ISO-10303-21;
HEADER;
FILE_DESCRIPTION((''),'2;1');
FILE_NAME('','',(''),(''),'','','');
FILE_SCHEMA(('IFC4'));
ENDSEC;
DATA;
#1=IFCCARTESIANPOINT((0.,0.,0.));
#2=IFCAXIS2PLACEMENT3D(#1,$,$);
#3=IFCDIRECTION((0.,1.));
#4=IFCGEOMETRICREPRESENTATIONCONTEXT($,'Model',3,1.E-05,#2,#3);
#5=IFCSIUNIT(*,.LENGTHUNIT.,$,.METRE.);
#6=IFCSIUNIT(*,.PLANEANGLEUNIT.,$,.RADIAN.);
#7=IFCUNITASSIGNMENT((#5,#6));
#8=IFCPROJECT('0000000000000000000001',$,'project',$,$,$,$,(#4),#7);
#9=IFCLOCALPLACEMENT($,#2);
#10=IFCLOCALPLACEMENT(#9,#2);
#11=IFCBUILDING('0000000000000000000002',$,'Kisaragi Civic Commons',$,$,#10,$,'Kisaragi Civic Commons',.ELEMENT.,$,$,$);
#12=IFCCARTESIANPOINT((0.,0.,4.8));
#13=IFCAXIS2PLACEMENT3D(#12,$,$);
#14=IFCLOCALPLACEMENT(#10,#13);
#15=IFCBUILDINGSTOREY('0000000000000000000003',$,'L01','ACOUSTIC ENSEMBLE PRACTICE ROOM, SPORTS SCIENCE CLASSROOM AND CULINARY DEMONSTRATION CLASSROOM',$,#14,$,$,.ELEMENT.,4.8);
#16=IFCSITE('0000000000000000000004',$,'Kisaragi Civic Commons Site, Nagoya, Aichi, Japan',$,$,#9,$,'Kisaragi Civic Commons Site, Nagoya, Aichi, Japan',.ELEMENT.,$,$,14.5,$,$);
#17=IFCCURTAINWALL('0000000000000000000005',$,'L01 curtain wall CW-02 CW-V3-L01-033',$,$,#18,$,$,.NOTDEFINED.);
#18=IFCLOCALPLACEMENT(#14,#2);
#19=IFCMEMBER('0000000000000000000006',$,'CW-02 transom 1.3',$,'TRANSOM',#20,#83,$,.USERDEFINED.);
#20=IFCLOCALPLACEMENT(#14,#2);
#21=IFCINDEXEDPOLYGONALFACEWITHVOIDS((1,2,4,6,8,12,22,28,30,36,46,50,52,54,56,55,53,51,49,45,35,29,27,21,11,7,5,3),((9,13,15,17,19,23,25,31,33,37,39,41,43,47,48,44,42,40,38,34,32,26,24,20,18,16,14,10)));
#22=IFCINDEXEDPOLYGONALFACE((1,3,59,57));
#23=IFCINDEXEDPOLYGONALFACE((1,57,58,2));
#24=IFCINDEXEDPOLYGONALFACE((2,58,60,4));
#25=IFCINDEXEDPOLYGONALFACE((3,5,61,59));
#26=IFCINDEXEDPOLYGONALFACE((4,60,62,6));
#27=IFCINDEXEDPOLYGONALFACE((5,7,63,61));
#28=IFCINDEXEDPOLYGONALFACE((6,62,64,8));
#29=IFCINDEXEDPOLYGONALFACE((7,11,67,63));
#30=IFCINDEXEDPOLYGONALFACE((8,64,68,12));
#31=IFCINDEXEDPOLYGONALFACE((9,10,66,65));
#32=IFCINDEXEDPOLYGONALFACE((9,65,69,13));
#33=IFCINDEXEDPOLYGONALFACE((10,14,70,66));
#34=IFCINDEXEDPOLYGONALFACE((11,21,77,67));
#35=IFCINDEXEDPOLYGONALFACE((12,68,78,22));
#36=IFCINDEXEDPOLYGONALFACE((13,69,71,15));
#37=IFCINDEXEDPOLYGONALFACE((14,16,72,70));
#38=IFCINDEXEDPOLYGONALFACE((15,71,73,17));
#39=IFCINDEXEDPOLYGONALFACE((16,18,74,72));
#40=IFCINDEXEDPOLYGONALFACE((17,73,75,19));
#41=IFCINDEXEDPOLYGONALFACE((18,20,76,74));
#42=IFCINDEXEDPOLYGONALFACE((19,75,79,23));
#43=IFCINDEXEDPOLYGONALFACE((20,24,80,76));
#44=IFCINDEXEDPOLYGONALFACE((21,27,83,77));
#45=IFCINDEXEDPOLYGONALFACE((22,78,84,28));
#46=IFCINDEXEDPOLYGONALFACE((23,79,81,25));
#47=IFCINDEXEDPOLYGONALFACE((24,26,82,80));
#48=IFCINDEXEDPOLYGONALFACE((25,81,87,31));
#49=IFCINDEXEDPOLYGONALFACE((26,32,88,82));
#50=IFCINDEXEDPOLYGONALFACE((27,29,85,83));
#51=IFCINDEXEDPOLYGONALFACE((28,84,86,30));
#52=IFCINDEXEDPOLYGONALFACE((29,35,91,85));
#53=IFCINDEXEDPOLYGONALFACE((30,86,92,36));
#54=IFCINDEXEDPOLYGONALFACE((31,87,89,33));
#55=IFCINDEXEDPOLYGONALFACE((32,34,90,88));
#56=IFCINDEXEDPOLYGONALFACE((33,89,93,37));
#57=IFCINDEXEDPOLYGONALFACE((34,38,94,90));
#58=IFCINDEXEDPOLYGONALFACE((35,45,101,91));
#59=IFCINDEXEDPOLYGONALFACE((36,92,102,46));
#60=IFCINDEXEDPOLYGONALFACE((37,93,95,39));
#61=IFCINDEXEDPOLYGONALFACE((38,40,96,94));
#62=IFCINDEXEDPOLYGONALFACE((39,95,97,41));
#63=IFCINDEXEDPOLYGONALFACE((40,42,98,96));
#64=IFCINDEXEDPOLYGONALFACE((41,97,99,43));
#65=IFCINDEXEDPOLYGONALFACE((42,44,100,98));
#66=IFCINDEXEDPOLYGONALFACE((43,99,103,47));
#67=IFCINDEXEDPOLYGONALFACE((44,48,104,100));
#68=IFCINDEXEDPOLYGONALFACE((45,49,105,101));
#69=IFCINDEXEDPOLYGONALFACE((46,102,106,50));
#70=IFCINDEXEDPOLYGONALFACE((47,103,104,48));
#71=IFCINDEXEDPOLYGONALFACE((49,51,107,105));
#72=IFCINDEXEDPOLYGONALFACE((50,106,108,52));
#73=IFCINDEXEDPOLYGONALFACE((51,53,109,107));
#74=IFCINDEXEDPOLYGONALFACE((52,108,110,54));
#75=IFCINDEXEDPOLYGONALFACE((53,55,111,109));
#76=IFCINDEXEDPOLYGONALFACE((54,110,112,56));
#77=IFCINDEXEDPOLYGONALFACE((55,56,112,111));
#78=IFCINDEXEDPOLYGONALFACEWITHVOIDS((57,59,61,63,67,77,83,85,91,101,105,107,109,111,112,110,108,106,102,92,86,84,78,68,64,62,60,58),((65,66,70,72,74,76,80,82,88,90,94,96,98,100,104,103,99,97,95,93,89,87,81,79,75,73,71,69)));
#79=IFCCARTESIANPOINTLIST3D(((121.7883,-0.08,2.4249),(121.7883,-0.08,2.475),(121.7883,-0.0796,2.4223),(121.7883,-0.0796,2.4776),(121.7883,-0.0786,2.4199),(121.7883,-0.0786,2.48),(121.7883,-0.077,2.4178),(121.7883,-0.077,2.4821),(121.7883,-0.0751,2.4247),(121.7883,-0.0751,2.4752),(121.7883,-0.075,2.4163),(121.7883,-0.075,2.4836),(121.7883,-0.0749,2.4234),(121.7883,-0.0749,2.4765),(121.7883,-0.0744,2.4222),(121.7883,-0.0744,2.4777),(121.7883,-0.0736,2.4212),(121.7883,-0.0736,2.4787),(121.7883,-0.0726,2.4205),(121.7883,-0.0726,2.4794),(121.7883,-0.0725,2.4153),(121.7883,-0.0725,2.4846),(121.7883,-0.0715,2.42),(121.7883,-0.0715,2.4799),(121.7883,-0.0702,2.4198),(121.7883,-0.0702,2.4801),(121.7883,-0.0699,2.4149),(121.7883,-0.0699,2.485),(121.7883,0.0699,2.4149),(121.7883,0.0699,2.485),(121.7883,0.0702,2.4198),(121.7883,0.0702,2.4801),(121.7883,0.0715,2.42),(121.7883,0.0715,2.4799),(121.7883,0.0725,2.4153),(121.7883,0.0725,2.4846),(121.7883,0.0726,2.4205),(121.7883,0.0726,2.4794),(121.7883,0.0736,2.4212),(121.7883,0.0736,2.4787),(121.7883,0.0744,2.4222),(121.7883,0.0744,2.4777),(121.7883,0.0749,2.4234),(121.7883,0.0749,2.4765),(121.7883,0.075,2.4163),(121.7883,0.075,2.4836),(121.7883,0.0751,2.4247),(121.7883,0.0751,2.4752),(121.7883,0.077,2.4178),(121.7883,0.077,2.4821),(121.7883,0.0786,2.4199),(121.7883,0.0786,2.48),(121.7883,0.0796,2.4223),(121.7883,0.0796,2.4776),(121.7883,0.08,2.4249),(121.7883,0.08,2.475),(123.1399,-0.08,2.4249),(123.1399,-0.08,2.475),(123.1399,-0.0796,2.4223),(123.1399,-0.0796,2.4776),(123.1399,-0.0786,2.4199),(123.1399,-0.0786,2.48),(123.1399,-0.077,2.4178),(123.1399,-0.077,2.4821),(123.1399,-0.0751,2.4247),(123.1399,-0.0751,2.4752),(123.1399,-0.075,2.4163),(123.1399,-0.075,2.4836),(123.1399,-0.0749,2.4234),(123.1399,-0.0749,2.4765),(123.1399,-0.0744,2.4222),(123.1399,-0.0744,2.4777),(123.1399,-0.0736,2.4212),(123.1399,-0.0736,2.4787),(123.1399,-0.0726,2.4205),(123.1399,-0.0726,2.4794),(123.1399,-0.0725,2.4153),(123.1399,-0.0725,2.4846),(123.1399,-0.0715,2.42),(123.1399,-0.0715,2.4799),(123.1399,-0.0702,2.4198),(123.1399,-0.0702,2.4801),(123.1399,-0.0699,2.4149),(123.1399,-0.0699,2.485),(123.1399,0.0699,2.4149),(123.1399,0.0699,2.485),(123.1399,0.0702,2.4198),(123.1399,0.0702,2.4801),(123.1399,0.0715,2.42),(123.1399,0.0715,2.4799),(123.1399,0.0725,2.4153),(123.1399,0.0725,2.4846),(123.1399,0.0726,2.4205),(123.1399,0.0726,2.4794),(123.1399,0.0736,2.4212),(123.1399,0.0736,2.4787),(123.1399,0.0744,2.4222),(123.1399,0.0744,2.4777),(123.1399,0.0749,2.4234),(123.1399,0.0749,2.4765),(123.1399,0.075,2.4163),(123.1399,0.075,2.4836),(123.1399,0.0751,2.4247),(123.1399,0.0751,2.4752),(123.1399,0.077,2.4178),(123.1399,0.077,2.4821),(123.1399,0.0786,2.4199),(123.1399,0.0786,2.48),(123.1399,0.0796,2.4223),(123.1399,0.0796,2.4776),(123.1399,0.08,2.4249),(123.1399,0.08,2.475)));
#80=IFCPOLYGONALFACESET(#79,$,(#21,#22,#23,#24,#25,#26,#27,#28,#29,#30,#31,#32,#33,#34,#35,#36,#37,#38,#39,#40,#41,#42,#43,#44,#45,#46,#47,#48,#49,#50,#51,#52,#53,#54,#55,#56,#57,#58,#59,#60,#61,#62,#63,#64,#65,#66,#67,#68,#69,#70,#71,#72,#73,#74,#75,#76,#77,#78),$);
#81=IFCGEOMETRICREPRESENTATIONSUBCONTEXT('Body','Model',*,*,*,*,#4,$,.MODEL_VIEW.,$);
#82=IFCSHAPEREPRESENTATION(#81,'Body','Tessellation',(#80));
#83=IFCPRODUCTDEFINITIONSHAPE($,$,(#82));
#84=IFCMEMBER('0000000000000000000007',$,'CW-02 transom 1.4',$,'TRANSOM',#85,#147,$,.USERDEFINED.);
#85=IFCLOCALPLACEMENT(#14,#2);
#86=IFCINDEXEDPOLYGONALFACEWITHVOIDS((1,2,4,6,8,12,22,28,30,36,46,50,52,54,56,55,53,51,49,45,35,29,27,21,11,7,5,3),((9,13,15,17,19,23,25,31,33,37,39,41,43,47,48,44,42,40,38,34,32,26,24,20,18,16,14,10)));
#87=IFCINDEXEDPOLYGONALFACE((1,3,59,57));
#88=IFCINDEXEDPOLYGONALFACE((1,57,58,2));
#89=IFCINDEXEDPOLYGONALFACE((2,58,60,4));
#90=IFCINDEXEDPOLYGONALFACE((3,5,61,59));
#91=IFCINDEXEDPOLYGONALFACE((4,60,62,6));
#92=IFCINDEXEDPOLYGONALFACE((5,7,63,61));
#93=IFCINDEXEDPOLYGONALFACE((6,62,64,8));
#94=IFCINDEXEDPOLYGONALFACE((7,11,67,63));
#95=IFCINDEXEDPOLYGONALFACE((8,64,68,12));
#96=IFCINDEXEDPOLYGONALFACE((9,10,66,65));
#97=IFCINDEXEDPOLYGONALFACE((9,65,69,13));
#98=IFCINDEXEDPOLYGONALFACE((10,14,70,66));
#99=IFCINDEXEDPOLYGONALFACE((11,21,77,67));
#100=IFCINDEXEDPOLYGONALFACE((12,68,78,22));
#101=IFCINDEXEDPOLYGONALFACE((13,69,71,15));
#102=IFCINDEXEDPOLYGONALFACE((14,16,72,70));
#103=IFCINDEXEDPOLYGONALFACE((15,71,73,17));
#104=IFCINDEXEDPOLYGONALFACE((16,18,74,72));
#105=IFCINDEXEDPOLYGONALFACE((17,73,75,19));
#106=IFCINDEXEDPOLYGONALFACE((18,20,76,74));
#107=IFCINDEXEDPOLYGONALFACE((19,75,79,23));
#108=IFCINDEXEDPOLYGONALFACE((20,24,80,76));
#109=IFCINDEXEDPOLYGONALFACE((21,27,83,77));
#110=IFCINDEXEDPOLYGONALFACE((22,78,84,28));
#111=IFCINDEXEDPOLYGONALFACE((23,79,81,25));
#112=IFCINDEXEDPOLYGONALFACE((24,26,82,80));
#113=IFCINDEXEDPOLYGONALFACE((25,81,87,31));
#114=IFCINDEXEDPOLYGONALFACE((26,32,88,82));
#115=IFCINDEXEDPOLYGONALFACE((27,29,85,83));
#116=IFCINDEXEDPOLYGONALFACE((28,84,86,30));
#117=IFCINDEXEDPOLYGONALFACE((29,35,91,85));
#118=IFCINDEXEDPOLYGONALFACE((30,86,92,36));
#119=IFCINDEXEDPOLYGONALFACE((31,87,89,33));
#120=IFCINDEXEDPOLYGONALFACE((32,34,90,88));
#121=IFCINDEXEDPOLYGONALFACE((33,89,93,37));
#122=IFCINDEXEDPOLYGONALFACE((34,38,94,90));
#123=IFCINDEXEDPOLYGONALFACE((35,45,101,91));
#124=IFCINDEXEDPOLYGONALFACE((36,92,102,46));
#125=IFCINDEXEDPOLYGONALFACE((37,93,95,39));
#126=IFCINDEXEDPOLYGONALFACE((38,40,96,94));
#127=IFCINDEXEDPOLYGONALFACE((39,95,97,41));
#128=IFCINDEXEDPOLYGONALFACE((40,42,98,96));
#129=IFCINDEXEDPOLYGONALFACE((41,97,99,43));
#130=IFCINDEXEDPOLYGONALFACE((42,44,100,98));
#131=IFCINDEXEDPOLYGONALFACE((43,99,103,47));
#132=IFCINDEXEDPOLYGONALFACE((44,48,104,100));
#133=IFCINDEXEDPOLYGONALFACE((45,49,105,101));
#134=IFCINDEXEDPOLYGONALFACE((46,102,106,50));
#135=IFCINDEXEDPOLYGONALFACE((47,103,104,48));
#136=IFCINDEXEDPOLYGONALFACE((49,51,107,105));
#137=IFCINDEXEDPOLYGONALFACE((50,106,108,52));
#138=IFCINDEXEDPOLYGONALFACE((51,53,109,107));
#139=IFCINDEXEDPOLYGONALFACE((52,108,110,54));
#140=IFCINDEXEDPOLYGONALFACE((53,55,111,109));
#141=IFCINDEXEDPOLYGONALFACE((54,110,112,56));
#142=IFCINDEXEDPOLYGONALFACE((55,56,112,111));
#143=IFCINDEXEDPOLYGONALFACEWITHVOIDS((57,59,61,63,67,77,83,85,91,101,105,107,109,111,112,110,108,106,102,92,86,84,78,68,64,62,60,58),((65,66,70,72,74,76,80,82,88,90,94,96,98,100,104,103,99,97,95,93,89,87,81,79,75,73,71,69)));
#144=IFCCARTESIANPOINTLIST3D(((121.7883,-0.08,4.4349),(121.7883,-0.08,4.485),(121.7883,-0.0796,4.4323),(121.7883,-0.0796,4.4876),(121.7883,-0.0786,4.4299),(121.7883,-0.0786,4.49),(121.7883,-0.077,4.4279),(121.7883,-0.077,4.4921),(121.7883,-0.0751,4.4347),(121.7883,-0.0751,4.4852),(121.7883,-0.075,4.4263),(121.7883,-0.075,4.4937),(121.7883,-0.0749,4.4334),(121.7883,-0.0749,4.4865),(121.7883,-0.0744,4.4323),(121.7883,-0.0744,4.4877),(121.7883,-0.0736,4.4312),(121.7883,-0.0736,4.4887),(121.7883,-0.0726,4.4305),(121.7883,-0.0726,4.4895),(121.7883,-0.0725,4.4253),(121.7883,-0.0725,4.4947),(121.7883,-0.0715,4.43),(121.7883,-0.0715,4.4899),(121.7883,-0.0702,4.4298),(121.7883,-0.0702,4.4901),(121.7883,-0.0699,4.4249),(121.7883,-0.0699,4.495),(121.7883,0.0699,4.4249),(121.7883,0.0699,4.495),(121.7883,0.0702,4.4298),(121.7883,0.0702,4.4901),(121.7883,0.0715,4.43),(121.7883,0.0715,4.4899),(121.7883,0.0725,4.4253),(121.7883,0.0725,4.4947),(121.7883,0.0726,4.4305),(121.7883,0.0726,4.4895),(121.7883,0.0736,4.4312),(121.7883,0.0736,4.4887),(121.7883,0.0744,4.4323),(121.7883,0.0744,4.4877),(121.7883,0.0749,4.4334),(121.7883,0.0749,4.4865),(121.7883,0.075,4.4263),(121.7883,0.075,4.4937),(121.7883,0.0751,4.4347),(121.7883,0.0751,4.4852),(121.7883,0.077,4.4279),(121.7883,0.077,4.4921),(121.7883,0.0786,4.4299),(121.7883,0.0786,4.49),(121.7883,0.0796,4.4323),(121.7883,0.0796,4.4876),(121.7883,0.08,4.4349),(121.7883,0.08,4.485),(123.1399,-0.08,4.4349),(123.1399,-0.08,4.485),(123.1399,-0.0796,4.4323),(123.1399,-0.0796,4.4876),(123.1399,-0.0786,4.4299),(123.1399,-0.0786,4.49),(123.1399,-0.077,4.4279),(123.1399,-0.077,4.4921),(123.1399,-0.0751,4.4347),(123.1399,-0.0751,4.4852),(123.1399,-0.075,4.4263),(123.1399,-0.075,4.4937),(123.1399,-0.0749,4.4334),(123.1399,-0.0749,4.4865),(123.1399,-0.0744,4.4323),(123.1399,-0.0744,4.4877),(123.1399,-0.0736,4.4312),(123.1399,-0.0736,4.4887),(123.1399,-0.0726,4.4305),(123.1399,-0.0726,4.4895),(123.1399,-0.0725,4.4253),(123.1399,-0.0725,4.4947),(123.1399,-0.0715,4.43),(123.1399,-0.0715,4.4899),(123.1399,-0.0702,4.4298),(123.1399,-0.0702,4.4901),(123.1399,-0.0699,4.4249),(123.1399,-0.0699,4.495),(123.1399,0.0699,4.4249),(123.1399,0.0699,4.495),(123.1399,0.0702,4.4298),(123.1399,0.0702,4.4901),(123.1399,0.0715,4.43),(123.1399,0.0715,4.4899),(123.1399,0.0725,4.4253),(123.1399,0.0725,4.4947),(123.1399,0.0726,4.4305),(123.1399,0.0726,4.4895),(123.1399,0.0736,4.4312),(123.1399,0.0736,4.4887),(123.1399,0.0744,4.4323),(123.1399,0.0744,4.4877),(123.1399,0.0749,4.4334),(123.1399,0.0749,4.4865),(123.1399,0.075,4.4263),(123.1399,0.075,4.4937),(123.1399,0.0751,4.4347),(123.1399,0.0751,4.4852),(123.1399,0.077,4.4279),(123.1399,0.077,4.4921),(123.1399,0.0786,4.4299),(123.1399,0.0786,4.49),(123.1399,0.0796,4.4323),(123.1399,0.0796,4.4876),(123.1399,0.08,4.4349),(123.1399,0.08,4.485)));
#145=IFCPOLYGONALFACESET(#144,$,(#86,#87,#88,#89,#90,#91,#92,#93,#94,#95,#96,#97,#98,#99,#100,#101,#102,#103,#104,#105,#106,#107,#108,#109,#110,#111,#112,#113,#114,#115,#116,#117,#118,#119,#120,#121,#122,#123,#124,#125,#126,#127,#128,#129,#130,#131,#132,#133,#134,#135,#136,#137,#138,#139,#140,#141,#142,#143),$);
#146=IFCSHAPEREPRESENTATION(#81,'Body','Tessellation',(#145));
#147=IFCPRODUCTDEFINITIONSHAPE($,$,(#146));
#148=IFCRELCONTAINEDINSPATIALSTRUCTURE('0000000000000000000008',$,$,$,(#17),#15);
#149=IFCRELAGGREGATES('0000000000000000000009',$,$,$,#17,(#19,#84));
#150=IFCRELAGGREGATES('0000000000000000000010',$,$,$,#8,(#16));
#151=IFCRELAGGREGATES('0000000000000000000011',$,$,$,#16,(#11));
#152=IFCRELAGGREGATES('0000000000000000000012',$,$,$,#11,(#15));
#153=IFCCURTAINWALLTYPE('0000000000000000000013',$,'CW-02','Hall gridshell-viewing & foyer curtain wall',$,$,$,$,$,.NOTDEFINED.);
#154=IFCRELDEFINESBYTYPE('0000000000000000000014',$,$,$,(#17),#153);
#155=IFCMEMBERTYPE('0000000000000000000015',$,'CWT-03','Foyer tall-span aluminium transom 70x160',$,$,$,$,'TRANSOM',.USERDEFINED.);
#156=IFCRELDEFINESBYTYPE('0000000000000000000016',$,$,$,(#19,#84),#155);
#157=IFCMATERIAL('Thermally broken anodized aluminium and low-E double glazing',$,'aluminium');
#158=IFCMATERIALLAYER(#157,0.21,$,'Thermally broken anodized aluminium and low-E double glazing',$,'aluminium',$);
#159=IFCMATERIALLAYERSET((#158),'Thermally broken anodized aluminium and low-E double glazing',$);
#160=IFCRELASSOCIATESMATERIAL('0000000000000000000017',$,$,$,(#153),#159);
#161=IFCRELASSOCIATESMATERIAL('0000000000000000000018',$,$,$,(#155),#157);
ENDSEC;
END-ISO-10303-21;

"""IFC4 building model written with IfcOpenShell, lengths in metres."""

from ifc_helpers import new_model, si_unit, direction, frame, origin, origin_2d, place, context, subcontext, project, spatial, hollow_rectangle, extrude, material, layer, layer_set, material_profile, profile_set, type_object, element, aggregate, save


model = new_model("IFC4")

# Units and contexts
model_context = context("Model", 3, precision=1e-05, world=origin(), true_north=direction((0.0, 1.0)))
body_context = subcontext(model_context, "Body", "Model", "MODEL_VIEW")
ifc_project = project(units=[si_unit("LENGTHUNIT", "METRE"), si_unit("PLANEANGLEUNIT", "RADIAN")], contexts=[model_context])

# Site, building, storey
site_placement = place(None, origin())
site = spatial("IfcSite", under=ifc_project, at=site_placement, Name="Kisaragi Civic Commons Site, Nagoya, Aichi, Japan", LongName="Kisaragi Civic Commons Site, Nagoya, Aichi, Japan", CompositionType="ELEMENT", RefElevation=14.5)
building_placement = place(site_placement, origin())
building = spatial("IfcBuilding", under=site, at=building_placement, Name="Kisaragi Civic Commons", LongName="Kisaragi Civic Commons", CompositionType="ELEMENT")
storey_placement = place(building_placement, frame((0.0, 0.0, 4.8)))
storey = spatial("IfcBuildingStorey", under=building, at=storey_placement, Name="L01", Description="ACOUSTIC ENSEMBLE PRACTICE ROOM, SPORTS SCIENCE CLASSROOM AND CULINARY DEMONSTRATION CLASSROOM", CompositionType="ELEMENT", Elevation=4.8)

# Shared definitions
ifc_material_1 = material(Name="Thermally broken anodized aluminium and low-E double glazing", Category="aluminium")
ifc_layer_1 = layer(ifc_material_1, 0.21, Name="Thermally broken anodized aluminium and low-E double glazing", Category="aluminium")
ifc_layer_set_1 = layer_set([ifc_layer_1], Name="Thermally broken anodized aluminium and low-E double glazing")
curtain_wall_type = type_object("IfcCurtainWallType", Name="CW-02", Description="Hall gridshell-viewing & foyer curtain wall", PredefinedType="NOTDEFINED", material=ifc_layer_set_1)

# Curtain wall, members
curtain_wall_1_placement = place(storey_placement, origin())
curtain_wall_1 = element("IfcCurtainWall", 1, at=curtain_wall_1_placement, inside=storey, type_object=curtain_wall_type, Name="L01 curtain wall CW-02 CW-V3-L01-033", PredefinedType="NOTDEFINED")
ifc_material_profile_1 = material_profile(ifc_material_1, hollow_rectangle(XDim=0.1599, YDim=0.0701, WallThickness=0.0049, InnerFilletRadius=0.0049, OuterFilletRadius=0.01, at=origin_2d()), Name="CWT-70x160x5", Category="aluminium")
ifc_profile_set_1 = profile_set([ifc_material_profile_1], Name="Thermally broken anodized aluminium and low-E double glazing")
member_type_1 = type_object("IfcMemberType", Name="CWT-03", Description="Foyer tall-span aluminium transom 70x160", ElementType="TRANSOM", PredefinedType="USERDEFINED", material=ifc_profile_set_1)
member_1_placement = place(storey_placement, frame((123.1399, 0.0, 2.45), z_axis=(-1.0, 0.0, 0.0), x_axis=(0.0, -1.0, 0.0)))
member_1 = element("IfcMember", 2, at=member_1_placement, type_object=member_type_1, Name="CW-02 transom 1.3", ObjectType="TRANSOM", PredefinedType="USERDEFINED", context=body_context, shape_type="SweptSolid", body=[
    extrude(hollow_rectangle(XDim=0.1599, YDim=0.0701, WallThickness=0.0049, InnerFilletRadius=0.0049, OuterFilletRadius=0.01, at=origin_2d()), origin(), (0.0, 0.0, 1.0), 1.3516),
])
member_2_placement = place(storey_placement, frame((123.1399, 0.0, 4.46), z_axis=(-1.0, 0.0, 0.0), x_axis=(0.0, -1.0, 0.0)))
member_2 = element("IfcMember", 3, at=member_2_placement, type_object=member_type_1, Name="CW-02 transom 1.4", ObjectType="TRANSOM", PredefinedType="USERDEFINED", context=body_context, shape_type="SweptSolid", body=[
    extrude(hollow_rectangle(XDim=0.1599, YDim=0.0701, WallThickness=0.0049, InnerFilletRadius=0.0049, OuterFilletRadius=0.01, at=origin_2d()), origin(), (0.0, 0.0, 1.0), 1.3516),
])

aggregate(curtain_wall_1, [member_1, member_2])

save(model, "model.ifc")
